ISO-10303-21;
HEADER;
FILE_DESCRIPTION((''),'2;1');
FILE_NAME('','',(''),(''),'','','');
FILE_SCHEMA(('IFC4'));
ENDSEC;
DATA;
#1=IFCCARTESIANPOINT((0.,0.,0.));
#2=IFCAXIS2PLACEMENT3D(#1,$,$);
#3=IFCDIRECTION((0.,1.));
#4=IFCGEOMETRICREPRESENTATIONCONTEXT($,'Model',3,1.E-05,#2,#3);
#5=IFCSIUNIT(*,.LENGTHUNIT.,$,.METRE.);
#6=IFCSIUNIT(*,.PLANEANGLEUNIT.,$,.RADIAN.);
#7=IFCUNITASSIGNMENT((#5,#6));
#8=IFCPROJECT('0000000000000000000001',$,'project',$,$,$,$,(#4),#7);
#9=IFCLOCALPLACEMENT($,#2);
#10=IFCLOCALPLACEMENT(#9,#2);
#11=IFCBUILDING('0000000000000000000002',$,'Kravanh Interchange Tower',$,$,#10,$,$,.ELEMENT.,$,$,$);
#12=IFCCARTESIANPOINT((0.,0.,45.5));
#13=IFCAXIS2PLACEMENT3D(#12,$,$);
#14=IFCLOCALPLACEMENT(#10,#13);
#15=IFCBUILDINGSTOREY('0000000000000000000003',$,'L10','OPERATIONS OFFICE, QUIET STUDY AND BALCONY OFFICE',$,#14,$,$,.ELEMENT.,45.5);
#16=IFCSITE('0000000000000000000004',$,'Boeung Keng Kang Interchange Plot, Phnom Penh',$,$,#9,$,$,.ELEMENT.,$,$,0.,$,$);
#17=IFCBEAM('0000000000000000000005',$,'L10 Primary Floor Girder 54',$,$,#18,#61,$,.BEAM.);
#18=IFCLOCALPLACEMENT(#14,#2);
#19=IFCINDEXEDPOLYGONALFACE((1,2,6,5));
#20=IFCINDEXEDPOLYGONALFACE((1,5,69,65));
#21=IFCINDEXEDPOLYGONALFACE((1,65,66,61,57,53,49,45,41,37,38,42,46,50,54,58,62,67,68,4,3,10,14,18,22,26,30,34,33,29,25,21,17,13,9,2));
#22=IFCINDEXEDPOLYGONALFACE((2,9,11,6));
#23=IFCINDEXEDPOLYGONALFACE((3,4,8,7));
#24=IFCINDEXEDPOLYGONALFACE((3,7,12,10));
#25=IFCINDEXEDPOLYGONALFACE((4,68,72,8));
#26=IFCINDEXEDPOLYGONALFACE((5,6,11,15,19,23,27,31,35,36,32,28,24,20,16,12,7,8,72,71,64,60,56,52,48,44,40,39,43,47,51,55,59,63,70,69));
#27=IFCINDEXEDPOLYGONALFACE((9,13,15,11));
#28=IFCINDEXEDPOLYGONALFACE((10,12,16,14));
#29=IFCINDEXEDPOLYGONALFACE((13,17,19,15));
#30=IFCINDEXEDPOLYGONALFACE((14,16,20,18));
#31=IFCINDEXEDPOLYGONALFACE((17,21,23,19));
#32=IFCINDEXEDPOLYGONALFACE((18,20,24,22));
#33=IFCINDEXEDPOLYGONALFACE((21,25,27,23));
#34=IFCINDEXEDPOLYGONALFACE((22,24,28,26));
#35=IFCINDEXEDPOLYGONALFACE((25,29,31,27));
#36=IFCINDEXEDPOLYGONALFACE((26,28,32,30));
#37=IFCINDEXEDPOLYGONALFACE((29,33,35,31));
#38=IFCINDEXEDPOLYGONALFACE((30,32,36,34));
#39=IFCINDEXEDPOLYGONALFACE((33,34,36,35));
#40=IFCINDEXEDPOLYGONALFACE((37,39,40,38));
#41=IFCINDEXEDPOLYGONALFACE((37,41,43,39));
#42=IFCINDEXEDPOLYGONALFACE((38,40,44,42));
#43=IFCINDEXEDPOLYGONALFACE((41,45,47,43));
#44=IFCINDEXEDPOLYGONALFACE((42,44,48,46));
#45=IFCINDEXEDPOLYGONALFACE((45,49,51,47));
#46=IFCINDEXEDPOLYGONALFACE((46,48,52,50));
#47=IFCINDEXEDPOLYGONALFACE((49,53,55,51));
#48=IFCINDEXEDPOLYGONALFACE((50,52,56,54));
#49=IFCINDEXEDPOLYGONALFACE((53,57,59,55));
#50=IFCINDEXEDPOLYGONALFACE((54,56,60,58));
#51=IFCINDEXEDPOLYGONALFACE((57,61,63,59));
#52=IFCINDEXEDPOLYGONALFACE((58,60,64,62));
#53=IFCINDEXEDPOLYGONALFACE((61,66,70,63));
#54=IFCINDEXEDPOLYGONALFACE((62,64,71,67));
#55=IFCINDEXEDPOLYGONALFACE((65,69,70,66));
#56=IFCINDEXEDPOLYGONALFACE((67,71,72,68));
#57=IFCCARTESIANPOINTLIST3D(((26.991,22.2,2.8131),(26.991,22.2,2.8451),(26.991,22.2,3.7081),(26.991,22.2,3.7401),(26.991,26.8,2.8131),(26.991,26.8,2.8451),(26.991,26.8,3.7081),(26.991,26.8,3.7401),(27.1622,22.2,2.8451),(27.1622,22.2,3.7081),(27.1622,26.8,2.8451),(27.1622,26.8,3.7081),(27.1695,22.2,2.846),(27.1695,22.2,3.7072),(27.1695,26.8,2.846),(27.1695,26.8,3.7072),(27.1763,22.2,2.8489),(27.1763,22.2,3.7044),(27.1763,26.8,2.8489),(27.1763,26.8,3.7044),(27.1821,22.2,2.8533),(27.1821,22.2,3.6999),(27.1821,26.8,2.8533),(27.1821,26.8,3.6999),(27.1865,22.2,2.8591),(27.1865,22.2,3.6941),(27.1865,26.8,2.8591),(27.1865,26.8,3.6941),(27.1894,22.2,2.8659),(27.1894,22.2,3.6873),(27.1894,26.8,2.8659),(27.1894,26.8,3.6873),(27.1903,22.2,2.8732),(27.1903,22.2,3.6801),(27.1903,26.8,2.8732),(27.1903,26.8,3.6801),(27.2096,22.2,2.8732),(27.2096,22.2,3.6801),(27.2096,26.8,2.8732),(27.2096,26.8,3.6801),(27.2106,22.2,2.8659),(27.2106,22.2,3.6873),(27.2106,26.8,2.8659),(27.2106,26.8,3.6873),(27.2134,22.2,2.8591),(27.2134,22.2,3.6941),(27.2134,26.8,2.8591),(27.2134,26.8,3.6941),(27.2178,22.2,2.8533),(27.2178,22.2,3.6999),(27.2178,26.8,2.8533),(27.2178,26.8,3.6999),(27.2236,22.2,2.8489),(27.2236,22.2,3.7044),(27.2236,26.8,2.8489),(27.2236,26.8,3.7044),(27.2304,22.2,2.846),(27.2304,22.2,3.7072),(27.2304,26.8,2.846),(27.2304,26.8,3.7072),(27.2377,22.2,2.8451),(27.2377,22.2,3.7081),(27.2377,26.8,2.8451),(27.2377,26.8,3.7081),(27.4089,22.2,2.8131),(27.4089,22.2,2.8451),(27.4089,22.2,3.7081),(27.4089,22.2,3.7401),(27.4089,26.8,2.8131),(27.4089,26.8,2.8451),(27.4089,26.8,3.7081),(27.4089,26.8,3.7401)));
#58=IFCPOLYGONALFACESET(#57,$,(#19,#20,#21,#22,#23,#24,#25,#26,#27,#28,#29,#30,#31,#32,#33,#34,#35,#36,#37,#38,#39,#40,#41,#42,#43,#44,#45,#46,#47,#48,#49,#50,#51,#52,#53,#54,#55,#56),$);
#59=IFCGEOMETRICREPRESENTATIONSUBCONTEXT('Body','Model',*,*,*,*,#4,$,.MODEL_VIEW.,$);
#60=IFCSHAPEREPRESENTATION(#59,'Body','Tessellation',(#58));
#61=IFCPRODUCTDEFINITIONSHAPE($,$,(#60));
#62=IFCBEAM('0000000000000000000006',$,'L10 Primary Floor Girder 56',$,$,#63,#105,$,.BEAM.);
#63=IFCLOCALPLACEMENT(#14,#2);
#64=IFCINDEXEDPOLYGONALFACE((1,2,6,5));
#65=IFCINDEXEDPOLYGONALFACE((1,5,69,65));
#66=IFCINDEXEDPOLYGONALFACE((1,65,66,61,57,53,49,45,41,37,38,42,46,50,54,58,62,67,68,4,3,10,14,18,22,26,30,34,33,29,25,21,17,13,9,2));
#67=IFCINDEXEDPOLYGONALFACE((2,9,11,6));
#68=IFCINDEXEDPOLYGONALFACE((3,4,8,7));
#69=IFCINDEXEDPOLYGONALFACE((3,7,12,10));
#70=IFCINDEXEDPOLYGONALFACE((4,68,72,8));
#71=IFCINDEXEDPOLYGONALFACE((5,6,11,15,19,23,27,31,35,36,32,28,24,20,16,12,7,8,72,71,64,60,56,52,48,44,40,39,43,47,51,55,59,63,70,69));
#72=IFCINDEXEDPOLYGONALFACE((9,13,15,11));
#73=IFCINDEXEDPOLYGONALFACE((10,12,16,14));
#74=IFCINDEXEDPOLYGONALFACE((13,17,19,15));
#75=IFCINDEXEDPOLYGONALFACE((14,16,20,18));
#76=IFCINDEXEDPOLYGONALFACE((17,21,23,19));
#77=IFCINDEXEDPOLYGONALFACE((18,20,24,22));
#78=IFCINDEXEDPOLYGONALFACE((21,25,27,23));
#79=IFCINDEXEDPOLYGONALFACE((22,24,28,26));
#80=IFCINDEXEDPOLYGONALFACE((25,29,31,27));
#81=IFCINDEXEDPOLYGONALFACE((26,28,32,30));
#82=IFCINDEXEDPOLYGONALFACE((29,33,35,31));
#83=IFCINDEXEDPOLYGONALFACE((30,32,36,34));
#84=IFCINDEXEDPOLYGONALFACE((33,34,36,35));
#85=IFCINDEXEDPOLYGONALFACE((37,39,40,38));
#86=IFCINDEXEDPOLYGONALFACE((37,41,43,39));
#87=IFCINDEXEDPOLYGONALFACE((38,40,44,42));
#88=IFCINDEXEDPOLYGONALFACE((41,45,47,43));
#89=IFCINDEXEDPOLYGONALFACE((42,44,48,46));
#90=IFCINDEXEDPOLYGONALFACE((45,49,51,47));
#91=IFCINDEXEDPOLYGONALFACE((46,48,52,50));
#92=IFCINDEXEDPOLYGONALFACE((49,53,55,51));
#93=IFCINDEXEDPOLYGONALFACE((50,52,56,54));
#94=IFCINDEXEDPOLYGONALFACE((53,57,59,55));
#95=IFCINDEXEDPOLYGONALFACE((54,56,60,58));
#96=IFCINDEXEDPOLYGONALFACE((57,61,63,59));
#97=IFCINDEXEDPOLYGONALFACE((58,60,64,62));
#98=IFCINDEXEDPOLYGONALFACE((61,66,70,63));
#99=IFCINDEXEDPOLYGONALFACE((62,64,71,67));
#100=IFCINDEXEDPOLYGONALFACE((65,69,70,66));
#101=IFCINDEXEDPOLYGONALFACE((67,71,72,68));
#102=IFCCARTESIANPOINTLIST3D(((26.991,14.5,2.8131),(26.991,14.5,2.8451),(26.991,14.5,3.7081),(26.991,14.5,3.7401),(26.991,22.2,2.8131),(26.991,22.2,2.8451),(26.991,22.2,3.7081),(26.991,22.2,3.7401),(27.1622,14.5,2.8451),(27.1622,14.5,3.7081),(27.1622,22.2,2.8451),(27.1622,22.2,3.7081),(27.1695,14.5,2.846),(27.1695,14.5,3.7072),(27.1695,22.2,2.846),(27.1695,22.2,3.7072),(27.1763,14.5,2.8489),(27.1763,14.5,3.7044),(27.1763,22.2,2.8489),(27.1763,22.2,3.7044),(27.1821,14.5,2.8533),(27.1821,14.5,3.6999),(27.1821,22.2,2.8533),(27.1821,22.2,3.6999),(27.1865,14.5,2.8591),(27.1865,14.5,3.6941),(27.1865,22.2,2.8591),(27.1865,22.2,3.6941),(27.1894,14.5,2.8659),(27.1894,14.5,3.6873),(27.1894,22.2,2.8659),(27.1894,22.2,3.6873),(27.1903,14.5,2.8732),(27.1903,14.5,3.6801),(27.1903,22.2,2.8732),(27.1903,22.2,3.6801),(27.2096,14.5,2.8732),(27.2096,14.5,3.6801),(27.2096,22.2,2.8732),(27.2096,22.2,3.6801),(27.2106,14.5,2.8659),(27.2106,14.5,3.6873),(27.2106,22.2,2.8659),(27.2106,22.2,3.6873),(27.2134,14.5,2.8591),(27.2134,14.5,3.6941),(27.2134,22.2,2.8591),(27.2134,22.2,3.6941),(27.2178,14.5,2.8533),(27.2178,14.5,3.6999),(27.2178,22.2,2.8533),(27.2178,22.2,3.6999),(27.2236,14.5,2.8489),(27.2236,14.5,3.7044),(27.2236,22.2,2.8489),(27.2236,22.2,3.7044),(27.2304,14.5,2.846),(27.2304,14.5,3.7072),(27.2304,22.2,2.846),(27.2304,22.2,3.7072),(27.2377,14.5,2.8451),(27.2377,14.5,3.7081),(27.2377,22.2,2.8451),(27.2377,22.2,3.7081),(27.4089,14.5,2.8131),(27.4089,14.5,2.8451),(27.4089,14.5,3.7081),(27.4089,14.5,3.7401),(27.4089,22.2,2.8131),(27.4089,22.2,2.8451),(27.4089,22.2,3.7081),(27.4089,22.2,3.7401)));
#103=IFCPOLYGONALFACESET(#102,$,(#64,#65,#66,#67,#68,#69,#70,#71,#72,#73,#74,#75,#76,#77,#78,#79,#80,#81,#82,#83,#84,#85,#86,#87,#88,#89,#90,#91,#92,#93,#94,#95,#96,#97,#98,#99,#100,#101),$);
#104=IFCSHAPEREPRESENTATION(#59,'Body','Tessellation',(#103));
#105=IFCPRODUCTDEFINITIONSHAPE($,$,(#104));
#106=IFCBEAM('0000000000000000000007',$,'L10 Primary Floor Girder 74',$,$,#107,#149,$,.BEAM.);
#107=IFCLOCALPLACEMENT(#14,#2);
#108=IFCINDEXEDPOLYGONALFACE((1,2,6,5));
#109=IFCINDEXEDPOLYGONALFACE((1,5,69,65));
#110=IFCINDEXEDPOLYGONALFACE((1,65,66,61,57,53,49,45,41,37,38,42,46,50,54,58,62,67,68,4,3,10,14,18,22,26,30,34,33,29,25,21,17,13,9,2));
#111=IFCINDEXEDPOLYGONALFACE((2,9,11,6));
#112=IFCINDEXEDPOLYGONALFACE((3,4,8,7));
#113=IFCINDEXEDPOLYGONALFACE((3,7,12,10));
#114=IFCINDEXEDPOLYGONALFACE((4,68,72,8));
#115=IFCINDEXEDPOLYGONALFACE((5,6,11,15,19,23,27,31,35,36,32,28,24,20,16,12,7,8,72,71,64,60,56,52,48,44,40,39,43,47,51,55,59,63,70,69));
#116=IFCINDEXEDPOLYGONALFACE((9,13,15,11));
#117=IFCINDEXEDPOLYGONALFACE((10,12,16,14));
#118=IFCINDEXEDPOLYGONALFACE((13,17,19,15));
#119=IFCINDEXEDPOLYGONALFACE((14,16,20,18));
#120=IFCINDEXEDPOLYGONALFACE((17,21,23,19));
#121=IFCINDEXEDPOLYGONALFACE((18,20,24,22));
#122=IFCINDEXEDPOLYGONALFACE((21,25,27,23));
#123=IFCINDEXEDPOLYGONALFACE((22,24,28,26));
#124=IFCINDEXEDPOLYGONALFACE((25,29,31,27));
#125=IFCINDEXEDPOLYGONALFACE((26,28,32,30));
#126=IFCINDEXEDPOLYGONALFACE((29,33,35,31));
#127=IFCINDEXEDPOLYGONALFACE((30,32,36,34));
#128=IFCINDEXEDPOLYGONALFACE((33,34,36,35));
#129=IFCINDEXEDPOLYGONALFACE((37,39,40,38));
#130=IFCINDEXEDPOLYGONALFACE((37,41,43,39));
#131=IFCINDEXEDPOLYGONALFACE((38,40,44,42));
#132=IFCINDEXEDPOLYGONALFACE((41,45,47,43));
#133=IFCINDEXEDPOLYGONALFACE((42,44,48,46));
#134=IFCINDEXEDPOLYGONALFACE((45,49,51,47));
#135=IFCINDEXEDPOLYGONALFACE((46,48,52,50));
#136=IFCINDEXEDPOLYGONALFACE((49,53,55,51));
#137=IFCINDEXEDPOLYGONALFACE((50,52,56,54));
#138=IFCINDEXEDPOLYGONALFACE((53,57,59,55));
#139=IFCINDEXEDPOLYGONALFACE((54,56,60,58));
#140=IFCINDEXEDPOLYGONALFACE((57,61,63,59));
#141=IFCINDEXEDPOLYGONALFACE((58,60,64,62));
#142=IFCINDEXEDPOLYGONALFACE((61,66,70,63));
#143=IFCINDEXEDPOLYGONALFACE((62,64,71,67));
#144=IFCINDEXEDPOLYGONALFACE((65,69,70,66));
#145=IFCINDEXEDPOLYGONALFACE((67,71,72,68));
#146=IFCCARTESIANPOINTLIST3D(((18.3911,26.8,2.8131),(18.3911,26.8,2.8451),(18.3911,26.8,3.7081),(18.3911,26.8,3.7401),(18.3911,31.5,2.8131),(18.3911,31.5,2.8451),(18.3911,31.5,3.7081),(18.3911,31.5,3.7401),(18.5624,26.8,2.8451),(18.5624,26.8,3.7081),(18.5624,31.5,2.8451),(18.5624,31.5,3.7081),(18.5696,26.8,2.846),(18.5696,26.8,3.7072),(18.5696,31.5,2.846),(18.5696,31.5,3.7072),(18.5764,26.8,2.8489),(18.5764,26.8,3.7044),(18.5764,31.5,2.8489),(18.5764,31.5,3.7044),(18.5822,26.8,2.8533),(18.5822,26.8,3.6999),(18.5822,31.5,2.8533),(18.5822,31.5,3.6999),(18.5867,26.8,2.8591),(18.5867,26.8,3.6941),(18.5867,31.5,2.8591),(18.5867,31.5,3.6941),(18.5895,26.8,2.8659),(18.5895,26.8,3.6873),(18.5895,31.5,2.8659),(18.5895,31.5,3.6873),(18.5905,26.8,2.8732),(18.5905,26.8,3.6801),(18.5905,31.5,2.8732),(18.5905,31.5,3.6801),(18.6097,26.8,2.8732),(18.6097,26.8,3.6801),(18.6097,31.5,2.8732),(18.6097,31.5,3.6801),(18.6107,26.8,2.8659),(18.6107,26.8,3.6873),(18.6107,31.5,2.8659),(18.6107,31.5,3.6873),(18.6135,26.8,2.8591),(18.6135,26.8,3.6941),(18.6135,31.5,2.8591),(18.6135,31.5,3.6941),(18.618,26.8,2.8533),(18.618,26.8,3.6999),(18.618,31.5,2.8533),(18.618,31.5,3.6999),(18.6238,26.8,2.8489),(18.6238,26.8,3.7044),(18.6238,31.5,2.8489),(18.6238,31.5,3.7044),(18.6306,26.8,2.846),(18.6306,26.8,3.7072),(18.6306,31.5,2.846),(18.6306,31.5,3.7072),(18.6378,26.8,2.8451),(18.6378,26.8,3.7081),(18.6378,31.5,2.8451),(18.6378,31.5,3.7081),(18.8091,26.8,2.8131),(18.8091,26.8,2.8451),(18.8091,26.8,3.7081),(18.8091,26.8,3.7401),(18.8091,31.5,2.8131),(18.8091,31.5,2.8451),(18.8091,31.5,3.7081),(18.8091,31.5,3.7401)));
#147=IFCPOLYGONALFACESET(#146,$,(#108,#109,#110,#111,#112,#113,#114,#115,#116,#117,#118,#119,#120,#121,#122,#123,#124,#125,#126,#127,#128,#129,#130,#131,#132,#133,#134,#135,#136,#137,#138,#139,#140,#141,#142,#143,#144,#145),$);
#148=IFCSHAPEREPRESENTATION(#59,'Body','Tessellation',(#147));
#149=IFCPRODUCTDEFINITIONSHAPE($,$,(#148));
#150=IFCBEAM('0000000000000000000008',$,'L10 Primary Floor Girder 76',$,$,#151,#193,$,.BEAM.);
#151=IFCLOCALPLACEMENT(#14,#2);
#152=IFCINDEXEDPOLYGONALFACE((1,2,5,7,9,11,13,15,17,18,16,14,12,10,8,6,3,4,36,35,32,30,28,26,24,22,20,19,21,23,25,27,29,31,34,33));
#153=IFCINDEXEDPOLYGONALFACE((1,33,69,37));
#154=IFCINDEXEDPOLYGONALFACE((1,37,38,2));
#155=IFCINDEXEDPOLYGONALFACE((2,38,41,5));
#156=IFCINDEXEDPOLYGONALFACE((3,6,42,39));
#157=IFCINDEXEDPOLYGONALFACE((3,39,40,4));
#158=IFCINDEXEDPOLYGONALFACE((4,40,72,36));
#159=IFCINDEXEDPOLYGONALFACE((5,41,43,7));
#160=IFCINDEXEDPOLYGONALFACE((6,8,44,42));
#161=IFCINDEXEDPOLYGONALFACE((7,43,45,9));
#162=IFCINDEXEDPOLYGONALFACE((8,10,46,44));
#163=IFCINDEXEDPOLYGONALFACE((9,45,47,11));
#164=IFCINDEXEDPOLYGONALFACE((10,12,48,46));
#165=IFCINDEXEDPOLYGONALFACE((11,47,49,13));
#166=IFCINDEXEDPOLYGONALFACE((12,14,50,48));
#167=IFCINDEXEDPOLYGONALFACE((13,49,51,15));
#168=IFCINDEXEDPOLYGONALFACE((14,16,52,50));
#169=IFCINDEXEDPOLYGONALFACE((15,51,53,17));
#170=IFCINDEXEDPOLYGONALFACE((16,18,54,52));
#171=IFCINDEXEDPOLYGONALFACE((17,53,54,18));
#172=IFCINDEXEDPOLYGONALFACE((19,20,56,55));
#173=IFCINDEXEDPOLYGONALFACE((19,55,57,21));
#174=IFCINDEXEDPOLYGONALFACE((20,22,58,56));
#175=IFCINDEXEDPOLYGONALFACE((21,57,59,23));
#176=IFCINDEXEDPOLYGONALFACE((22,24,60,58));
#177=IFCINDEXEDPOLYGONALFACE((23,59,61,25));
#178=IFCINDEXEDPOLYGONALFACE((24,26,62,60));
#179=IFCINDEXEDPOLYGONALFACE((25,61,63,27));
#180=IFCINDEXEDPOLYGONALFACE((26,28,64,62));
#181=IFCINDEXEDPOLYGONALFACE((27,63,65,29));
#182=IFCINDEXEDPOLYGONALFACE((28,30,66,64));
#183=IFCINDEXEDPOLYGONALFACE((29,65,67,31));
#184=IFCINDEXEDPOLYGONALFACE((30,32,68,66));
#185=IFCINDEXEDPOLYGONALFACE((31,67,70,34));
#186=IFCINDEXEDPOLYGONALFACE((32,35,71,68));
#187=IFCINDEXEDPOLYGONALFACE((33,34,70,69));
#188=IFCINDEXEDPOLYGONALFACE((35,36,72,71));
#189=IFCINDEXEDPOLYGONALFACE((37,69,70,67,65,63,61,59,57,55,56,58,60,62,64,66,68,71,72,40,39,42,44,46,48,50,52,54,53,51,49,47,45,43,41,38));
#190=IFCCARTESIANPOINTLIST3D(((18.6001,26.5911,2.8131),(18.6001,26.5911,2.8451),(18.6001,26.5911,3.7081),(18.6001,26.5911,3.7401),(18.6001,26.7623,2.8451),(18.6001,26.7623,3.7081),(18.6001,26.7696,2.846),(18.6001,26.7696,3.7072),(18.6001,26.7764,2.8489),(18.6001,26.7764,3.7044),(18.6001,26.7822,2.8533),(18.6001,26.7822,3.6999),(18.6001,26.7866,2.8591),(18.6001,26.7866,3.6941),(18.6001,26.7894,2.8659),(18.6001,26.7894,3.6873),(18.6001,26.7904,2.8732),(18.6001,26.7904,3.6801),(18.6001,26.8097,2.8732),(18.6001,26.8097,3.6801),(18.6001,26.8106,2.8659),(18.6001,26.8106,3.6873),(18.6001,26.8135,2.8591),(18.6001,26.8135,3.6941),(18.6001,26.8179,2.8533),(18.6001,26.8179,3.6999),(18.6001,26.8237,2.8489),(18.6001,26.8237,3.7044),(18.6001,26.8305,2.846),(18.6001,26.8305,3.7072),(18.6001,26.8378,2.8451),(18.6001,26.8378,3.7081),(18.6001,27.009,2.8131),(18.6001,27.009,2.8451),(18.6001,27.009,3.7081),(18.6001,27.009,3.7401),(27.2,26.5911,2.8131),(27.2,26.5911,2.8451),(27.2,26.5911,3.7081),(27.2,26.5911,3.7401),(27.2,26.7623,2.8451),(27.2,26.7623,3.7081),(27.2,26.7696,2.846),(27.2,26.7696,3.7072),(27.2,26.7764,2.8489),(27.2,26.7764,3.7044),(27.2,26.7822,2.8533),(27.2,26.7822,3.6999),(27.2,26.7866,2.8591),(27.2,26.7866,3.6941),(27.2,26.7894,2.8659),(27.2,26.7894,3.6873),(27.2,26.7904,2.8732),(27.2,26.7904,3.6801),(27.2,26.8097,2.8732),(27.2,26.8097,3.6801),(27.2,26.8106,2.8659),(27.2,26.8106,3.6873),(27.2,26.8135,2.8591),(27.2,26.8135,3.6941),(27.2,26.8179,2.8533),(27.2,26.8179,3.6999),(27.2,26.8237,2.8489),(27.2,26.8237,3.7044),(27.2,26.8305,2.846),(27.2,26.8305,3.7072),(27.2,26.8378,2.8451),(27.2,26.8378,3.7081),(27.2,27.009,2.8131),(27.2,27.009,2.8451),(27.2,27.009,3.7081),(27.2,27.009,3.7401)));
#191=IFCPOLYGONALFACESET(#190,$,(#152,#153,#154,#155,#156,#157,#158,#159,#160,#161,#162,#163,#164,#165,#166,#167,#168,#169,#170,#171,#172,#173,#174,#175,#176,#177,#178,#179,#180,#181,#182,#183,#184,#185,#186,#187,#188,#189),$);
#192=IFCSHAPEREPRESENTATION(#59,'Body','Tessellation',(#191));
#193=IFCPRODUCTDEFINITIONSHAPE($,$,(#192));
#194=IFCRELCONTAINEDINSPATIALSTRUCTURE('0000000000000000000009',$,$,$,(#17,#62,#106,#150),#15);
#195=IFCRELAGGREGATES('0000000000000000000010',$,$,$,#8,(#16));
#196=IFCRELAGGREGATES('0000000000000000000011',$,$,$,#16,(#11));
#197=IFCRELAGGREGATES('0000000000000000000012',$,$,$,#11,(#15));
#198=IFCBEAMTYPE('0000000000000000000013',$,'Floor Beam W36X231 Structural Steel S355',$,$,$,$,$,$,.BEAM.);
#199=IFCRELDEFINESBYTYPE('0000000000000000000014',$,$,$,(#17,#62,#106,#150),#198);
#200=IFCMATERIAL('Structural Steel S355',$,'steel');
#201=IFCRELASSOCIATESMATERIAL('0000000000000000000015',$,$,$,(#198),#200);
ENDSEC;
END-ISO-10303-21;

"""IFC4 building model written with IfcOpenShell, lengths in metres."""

from ifc_helpers import new_model, si_unit, direction, frame, origin, origin_2d, place, context, subcontext, project, spatial, i_section, extrude, material, material_profile, profile_set, type_object, element, save


model = new_model("IFC4")

# Units and contexts
model_context = context("Model", 3, precision=1e-05, world=origin(), true_north=direction((0.0, 1.0)))
body_context = subcontext(model_context, "Body", "Model", "MODEL_VIEW")
ifc_project = project(units=[si_unit("LENGTHUNIT", "METRE"), si_unit("PLANEANGLEUNIT", "RADIAN")], contexts=[model_context])

# Site, building, storey
site_placement = place(None, origin())
site = spatial("IfcSite", under=ifc_project, at=site_placement, Name="Boeung Keng Kang Interchange Plot, Phnom Penh", CompositionType="ELEMENT", RefElevation=0.0)
building_placement = place(site_placement, origin())
building = spatial("IfcBuilding", under=site, at=building_placement, Name="Kravanh Interchange Tower", CompositionType="ELEMENT")
storey_placement = place(building_placement, frame((0.0, 0.0, 45.5)))
storey = spatial("IfcBuildingStorey", under=building, at=storey_placement, Name="L10", Description="OPERATIONS OFFICE, QUIET STUDY AND BALCONY OFFICE", CompositionType="ELEMENT", Elevation=45.5)

# Beams
ifc_material_1 = material(Name="Structural Steel S355", Category="steel")
ifc_material_profile_1 = material_profile(ifc_material_1, i_section(OverallWidth=0.418, OverallDepth=0.927, WebThickness=0.0193, FlangeThickness=0.032, FilletRadius=0.0281, at=origin_2d()), Name="W36X231")
ifc_profile_set_1 = profile_set([ifc_material_profile_1], Name="Structural Steel S355")
beam_type_1 = type_object("IfcBeamType", Name="Floor Beam W36X231 Structural Steel S355", PredefinedType="BEAM", material=ifc_profile_set_1)
beam_1_placement = place(storey_placement, frame((27.2, 22.2, 3.2766), z_axis=(0.0, 1.0, 0.0), x_axis=(-1.0, 0.0, 0.0)))
element("IfcBeam", 1, at=beam_1_placement, inside=storey, type_object=beam_type_1, Name="L10 Primary Floor Girder 54", PredefinedType="BEAM", context=body_context, shape_type="SweptSolid", body=[
    extrude(i_section(OverallWidth=0.418, OverallDepth=0.927, WebThickness=0.0193, FlangeThickness=0.032, FilletRadius=0.0281, at=origin_2d()), origin(), (0.0, 0.0, 1.0), 4.6001),
])
beam_2_placement = place(storey_placement, frame((27.2, 22.2, 3.2766), z_axis=(0.0, -1.0, 0.0), x_axis=(1.0, 0.0, 0.0)))
element("IfcBeam", 2, at=beam_2_placement, inside=storey, type_object=beam_type_1, Name="L10 Primary Floor Girder 56", PredefinedType="BEAM", context=body_context, shape_type="SweptSolid", body=[
    extrude(i_section(OverallWidth=0.418, OverallDepth=0.927, WebThickness=0.0193, FlangeThickness=0.032, FilletRadius=0.0281, at=origin_2d()), origin(), (0.0, 0.0, 1.0), 7.7),
])
beam_3_placement = place(storey_placement, frame((18.6001, 26.8, 3.2766), z_axis=(0.0, 1.0, 0.0), x_axis=(-1.0, 0.0, 0.0)))
element("IfcBeam", 3, at=beam_3_placement, inside=storey, type_object=beam_type_1, Name="L10 Primary Floor Girder 74", PredefinedType="BEAM", context=body_context, shape_type="SweptSolid", body=[
    extrude(i_section(OverallWidth=0.418, OverallDepth=0.927, WebThickness=0.0193, FlangeThickness=0.032, FilletRadius=0.0281, at=origin_2d()), origin(), (0.0, 0.0, 1.0), 4.7),
])
beam_4_placement = place(storey_placement, frame((18.6001, 26.8, 3.2766), z_axis=(1.0, 0.0, 0.0), x_axis=(0.0, 1.0, 0.0)))
element("IfcBeam", 4, at=beam_4_placement, inside=storey, type_object=beam_type_1, Name="L10 Primary Floor Girder 76", PredefinedType="BEAM", context=body_context, shape_type="SweptSolid", body=[
    extrude(i_section(OverallWidth=0.418, OverallDepth=0.927, WebThickness=0.0193, FlangeThickness=0.032, FilletRadius=0.0281, at=origin_2d()), origin(), (0.0, 0.0, 1.0), 8.5999),
])

save(model, "model.ifc")
